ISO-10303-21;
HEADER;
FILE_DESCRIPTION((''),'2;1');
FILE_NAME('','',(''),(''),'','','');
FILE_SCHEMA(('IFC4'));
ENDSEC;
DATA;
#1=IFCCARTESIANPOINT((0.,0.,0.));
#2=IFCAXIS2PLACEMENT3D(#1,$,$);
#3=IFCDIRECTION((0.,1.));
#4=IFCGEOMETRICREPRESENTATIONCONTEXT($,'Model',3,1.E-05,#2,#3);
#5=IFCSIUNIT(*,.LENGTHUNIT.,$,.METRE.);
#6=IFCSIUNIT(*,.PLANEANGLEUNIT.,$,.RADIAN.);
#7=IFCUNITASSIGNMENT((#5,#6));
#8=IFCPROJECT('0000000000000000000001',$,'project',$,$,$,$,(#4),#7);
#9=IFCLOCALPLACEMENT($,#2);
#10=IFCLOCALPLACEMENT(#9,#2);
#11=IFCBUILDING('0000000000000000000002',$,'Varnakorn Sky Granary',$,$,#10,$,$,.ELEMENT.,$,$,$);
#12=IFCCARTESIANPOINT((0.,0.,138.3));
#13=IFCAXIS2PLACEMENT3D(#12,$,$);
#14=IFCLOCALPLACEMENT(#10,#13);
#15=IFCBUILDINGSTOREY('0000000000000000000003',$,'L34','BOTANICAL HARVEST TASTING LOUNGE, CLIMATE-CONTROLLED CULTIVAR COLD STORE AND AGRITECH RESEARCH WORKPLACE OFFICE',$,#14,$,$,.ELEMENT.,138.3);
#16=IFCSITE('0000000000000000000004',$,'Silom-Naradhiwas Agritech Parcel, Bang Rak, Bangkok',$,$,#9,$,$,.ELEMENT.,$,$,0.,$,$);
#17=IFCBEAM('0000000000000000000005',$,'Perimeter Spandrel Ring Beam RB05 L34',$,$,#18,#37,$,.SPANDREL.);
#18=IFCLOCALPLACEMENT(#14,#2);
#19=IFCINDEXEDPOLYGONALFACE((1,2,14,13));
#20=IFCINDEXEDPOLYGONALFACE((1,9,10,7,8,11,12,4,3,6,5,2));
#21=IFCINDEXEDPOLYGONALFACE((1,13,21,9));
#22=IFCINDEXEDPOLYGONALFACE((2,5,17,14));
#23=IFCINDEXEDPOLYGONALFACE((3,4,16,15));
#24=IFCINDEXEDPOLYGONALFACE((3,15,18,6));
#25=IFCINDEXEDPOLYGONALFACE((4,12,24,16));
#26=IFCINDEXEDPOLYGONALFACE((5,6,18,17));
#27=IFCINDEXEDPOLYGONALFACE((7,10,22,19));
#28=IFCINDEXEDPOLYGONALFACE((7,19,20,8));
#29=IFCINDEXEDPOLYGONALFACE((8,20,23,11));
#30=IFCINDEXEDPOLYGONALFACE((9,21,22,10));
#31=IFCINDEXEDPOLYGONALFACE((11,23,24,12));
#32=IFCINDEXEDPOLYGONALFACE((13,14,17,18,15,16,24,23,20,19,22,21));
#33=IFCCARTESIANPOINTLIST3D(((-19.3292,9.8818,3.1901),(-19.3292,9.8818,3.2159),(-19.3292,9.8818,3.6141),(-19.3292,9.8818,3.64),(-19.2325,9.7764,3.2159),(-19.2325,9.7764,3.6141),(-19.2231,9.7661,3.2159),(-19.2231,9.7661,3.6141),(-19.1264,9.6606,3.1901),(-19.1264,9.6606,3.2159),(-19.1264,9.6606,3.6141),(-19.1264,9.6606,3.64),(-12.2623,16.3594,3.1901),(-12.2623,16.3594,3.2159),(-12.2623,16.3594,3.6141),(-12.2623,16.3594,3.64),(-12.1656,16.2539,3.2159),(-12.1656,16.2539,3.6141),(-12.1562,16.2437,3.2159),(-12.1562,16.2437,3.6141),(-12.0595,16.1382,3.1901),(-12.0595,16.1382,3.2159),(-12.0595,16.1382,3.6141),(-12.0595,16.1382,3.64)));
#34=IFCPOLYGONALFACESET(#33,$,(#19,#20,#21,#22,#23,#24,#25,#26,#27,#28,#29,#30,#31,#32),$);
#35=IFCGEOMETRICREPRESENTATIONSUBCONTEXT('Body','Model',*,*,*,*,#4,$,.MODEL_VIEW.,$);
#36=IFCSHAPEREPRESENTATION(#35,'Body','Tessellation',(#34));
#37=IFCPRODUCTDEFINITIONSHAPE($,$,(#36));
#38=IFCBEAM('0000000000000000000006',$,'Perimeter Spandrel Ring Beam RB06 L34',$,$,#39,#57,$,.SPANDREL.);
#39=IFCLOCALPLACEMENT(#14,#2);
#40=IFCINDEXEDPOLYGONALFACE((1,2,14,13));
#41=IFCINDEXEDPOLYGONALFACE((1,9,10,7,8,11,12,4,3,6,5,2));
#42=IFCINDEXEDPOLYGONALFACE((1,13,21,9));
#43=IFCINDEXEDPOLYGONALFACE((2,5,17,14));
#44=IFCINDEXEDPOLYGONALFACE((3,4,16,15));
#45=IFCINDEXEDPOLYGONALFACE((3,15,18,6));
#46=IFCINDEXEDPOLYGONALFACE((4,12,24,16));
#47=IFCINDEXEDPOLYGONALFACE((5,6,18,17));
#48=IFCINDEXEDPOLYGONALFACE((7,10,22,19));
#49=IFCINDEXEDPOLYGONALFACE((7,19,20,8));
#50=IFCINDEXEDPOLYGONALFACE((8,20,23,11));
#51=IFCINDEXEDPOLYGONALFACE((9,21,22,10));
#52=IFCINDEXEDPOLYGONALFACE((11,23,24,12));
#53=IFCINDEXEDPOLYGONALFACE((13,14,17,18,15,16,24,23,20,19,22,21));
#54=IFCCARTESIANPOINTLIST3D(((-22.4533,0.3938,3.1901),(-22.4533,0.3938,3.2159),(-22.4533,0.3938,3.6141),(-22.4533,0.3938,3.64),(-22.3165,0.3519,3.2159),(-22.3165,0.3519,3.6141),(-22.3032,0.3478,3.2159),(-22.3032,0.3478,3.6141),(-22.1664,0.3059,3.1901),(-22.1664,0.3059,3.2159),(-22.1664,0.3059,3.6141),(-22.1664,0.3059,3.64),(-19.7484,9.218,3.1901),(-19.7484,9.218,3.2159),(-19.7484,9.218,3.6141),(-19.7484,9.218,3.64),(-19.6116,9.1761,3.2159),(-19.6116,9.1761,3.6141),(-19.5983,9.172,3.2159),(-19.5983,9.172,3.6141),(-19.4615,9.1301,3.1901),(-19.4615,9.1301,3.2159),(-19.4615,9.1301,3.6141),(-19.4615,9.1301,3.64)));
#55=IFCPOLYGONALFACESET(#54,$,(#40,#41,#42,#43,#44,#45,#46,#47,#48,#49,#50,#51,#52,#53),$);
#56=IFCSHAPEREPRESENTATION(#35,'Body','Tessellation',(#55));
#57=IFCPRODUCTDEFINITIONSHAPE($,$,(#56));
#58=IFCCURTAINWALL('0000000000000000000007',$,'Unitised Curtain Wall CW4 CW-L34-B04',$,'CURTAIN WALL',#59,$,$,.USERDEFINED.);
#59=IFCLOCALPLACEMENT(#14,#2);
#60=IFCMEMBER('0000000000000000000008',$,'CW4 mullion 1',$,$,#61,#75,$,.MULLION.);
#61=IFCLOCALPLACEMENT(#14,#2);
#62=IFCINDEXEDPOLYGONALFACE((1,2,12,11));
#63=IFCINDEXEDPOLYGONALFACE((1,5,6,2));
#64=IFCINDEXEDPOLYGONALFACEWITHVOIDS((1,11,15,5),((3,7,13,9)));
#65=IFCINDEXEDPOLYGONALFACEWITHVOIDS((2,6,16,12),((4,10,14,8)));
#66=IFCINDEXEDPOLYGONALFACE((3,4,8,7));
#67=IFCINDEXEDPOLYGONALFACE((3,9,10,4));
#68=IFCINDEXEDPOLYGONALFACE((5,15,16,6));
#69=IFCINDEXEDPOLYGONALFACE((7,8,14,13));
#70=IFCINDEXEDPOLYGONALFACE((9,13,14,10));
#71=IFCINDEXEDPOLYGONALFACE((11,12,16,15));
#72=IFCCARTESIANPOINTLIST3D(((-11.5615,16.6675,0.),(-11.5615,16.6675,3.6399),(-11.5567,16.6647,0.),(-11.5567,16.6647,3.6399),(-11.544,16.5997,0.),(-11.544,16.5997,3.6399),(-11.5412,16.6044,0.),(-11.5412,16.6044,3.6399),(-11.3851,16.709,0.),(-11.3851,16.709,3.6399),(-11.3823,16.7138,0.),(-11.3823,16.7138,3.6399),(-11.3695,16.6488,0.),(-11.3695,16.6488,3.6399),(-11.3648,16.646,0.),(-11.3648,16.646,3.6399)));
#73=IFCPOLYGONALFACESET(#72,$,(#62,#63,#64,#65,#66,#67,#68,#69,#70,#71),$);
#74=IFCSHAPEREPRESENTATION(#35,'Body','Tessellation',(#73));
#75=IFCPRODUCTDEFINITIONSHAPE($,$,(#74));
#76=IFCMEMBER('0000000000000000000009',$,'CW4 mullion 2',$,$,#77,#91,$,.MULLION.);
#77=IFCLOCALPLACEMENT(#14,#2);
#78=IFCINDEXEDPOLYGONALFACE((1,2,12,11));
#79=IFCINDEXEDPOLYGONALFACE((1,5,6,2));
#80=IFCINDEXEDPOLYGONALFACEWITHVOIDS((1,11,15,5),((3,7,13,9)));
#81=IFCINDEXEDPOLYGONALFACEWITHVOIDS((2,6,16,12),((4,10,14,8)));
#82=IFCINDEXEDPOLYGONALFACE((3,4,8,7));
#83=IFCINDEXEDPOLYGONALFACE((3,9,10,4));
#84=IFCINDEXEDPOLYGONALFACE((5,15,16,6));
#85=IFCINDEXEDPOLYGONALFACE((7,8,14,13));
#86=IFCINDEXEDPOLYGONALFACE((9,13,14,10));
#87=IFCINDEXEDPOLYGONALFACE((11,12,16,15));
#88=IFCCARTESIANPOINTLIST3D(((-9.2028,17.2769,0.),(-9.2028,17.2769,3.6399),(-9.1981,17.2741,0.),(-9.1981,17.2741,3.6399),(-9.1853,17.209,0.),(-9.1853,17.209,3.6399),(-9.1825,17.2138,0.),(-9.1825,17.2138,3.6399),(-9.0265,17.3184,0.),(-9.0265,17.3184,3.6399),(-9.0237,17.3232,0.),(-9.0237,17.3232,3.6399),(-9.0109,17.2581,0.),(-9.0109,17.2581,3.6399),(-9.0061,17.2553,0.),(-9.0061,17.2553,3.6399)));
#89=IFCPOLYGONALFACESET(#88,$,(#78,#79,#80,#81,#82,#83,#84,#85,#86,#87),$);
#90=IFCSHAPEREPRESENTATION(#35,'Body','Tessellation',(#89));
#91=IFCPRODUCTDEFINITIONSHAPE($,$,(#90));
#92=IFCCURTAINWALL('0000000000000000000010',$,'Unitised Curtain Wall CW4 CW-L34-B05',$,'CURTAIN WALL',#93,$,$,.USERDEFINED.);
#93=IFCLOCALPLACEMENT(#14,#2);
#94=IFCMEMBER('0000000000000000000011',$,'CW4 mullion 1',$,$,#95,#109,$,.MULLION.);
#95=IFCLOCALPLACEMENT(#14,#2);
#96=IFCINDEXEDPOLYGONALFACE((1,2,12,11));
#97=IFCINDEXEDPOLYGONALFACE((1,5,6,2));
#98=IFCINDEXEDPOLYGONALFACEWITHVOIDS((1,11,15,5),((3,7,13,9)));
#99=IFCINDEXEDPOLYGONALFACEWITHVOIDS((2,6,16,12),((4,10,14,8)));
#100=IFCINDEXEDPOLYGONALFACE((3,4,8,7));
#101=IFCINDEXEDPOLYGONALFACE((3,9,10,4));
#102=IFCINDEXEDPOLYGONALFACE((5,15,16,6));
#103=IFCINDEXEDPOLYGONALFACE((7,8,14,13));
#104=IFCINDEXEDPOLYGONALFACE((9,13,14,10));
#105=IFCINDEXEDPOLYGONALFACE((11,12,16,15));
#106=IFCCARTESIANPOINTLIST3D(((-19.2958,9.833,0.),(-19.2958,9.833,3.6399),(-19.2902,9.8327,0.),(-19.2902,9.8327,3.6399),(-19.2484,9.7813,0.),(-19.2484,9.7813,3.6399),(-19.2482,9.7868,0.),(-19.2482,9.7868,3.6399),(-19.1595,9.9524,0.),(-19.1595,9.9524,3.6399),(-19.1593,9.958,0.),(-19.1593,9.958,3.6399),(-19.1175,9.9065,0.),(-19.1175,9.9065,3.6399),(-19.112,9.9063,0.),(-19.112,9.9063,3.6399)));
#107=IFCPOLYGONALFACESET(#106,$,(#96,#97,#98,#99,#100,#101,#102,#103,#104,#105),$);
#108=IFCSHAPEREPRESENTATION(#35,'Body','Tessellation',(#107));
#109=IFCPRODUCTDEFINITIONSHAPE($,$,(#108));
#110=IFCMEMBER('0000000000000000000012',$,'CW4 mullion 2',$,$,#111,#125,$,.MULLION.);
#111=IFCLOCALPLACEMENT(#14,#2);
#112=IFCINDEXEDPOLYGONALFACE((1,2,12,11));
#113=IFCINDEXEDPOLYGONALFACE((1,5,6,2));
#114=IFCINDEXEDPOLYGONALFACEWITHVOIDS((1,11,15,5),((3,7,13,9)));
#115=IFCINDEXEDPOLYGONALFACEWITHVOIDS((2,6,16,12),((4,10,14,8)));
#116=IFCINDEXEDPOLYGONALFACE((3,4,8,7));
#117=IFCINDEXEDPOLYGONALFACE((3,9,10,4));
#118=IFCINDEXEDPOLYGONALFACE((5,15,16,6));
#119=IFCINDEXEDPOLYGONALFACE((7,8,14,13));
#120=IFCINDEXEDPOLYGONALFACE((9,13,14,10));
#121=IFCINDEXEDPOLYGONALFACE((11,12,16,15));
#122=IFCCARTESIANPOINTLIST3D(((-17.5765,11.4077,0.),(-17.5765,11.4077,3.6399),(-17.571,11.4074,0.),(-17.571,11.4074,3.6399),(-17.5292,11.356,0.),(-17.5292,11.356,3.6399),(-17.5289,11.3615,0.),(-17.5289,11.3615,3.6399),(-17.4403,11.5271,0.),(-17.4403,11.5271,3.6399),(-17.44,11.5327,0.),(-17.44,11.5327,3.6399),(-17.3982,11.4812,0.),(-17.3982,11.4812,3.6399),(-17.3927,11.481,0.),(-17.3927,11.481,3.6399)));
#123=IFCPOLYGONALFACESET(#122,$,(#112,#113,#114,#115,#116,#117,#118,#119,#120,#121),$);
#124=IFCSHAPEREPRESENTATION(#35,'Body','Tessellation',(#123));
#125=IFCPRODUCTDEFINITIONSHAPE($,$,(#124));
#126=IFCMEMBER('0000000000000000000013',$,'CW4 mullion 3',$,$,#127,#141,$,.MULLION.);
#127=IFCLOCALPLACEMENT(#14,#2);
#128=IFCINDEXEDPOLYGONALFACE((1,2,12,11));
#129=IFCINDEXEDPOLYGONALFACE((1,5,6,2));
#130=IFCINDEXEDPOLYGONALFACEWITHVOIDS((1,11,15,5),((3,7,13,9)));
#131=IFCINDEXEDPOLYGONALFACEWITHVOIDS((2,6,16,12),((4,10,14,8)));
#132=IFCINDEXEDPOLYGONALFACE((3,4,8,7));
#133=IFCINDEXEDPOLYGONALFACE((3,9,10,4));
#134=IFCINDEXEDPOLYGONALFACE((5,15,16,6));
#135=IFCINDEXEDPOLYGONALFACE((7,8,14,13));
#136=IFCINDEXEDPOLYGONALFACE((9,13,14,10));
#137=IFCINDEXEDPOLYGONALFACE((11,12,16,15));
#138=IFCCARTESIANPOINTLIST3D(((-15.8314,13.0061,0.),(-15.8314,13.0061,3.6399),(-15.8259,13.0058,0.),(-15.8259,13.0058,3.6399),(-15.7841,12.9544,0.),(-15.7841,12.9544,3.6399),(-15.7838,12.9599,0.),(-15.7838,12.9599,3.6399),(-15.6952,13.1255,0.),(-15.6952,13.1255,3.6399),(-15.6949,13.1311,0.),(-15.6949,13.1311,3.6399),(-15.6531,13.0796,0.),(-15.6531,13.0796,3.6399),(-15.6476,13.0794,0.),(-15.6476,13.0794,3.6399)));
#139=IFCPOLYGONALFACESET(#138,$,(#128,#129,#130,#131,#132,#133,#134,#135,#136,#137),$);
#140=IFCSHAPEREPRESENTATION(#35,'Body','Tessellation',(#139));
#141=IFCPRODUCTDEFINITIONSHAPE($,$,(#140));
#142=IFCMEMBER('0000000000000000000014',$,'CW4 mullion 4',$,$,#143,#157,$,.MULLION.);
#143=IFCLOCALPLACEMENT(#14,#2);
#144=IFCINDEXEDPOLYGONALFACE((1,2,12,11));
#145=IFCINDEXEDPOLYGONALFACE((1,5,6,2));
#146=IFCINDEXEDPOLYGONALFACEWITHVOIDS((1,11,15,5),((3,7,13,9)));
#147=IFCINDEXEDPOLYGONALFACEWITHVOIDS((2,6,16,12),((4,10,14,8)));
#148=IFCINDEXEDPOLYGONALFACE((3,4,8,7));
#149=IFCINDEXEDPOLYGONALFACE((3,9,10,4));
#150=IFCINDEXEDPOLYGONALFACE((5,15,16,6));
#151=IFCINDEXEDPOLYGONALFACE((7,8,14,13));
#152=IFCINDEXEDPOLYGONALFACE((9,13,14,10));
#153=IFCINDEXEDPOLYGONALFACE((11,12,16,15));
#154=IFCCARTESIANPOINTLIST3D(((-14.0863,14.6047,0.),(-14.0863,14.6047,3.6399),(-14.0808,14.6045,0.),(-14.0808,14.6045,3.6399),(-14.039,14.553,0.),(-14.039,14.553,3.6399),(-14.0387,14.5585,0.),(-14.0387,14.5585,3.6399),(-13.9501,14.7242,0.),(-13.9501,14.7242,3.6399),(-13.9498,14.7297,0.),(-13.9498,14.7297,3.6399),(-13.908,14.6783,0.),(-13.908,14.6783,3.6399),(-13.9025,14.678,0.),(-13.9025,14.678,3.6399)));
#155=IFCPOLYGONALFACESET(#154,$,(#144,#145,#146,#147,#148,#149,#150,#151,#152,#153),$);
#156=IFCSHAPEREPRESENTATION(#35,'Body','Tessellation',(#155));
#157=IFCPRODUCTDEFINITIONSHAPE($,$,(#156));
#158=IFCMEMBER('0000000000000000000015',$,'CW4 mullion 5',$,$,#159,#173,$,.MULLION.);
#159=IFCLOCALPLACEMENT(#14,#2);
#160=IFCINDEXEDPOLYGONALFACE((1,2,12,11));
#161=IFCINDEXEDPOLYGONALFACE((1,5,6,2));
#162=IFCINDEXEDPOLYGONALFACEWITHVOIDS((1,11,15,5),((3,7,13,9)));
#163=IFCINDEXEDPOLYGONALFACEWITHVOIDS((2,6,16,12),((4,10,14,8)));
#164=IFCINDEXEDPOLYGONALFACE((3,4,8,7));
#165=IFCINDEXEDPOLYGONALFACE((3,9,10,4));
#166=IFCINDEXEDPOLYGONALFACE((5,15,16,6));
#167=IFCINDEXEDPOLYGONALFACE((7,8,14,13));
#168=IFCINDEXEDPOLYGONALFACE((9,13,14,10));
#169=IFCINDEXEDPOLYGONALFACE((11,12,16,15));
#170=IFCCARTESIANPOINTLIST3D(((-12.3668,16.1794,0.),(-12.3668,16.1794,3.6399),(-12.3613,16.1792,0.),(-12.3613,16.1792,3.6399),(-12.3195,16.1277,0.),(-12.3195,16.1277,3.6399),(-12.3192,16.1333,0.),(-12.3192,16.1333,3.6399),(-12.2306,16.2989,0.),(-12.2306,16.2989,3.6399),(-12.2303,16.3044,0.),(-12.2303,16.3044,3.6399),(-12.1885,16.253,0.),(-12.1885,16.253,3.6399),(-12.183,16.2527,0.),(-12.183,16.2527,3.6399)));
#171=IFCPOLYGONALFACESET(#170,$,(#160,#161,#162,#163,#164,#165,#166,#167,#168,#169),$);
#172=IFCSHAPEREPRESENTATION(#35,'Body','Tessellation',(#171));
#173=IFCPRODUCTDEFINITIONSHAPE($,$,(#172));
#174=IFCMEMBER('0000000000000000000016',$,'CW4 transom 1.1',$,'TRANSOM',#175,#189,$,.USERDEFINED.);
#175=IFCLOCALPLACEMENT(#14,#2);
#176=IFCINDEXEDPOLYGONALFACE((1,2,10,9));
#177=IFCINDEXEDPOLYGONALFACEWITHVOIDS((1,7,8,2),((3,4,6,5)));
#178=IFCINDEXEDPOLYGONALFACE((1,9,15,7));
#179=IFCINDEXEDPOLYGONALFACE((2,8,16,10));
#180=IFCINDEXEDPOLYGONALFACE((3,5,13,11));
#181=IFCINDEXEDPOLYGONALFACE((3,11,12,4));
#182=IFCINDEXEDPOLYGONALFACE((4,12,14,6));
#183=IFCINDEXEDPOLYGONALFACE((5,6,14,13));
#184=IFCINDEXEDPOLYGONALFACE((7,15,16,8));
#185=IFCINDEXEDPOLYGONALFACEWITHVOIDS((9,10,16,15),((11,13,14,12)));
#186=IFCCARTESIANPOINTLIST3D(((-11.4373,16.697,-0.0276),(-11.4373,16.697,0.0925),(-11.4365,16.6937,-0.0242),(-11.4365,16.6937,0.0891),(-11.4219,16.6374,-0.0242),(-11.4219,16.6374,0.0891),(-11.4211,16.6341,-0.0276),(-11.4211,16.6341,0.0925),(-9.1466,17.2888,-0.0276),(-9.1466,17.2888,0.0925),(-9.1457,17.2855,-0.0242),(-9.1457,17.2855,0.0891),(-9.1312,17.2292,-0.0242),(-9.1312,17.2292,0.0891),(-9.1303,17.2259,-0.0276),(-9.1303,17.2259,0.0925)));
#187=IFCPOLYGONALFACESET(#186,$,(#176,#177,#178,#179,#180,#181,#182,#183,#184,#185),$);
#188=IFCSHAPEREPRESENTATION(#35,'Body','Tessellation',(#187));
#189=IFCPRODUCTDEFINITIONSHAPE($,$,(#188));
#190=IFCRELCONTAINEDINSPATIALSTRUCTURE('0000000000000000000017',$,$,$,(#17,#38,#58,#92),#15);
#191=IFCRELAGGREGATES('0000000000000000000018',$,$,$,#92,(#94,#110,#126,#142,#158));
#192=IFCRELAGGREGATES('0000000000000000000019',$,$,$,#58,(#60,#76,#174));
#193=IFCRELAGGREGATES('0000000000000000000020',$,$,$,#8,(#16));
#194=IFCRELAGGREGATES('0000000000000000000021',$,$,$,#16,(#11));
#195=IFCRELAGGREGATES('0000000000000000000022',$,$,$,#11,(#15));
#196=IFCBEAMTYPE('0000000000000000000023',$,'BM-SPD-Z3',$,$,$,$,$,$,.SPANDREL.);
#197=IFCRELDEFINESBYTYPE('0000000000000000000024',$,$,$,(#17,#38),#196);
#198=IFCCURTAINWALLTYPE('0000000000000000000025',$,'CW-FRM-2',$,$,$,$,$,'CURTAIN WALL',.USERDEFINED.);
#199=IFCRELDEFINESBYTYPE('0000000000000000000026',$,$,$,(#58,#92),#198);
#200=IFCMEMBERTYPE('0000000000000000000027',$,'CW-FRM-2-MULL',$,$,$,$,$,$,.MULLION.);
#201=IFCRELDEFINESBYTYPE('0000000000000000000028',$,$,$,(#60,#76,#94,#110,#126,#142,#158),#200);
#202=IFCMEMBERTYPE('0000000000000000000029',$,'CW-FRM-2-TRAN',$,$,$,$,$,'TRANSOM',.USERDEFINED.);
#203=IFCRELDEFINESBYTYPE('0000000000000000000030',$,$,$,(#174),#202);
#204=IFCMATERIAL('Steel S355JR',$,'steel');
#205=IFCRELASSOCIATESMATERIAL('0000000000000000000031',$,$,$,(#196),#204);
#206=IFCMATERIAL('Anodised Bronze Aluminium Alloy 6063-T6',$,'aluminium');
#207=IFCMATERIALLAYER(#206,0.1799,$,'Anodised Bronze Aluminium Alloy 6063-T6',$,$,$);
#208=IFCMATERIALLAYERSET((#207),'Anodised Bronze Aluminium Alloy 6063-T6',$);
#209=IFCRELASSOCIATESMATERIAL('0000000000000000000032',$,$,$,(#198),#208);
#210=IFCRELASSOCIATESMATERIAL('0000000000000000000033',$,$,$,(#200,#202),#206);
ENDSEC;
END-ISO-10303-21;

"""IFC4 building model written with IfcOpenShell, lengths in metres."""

from ifc_helpers import new_model, si_unit, direction, frame, origin, origin_2d, place, context, subcontext, project, spatial, hollow_rectangle, i_section, extrude, material, layer, layer_set, material_profile, profile_set, type_object, element, aggregate, save


model = new_model("IFC4")

# Units and contexts
model_context = context("Model", 3, precision=1e-05, world=origin(), true_north=direction((0.0, 1.0)))
body_context = subcontext(model_context, "Body", "Model", "MODEL_VIEW")
ifc_project = project(units=[si_unit("LENGTHUNIT", "METRE"), si_unit("PLANEANGLEUNIT", "RADIAN")], contexts=[model_context])

# Site, building, storey
site_placement = place(None, origin())
site = spatial("IfcSite", under=ifc_project, at=site_placement, Name="Silom-Naradhiwas Agritech Parcel, Bang Rak, Bangkok", CompositionType="ELEMENT", RefElevation=0.0)
building_placement = place(site_placement, origin())
building = spatial("IfcBuilding", under=site, at=building_placement, Name="Varnakorn Sky Granary", CompositionType="ELEMENT")
storey_placement = place(building_placement, frame((0.0, 0.0, 138.3)))
storey = spatial("IfcBuildingStorey", under=building, at=storey_placement, Name="L34", Description="BOTANICAL HARVEST TASTING LOUNGE, CLIMATE-CONTROLLED CULTIVAR COLD STORE AND AGRITECH RESEARCH WORKPLACE OFFICE", CompositionType="ELEMENT", Elevation=138.3)

# Beams
ifc_material_1 = material(Name="Steel S355JR", Category="steel")
ifc_material_profile_1 = material_profile(ifc_material_1, i_section(OverallWidth=0.3, OverallDepth=0.45, WebThickness=0.0139, FlangeThickness=0.0259, at=origin_2d()), Name="HE 450 B")
ifc_profile_set_1 = profile_set([ifc_material_profile_1], Name="Steel S355JR")
beam_type_1 = type_object("IfcBeamType", Name="BM-SPD-Z3", PredefinedType="SPANDREL", material=ifc_profile_set_1)
beam_1_placement = place(storey_placement, frame((-12.1609, 16.2488, 3.415), z_axis=(-0.737177, -0.675699, 0.0), x_axis=(0.675699, -0.737177, 0.0)))
element("IfcBeam", 1, at=beam_1_placement, inside=storey, type_object=beam_type_1, Name="Perimeter Spandrel Ring Beam RB05 L34", PredefinedType="SPANDREL", context=body_context, shape_type="SweptSolid", body=[
    extrude(i_section(OverallWidth=0.3, OverallDepth=0.45, WebThickness=0.0139, FlangeThickness=0.0259, at=origin_2d()), origin(), (0.0, 0.0, 1.0), 9.5864),
])
beam_2_placement = place(storey_placement, frame((-19.605, 9.1741, 3.415), z_axis=(-0.293065, -0.956092, 0.0), x_axis=(0.956092, -0.293065, 0.0)))
element("IfcBeam", 2, at=beam_2_placement, inside=storey, type_object=beam_type_1, Name="Perimeter Spandrel Ring Beam RB06 L34", PredefinedType="SPANDREL", context=body_context, shape_type="SweptSolid", body=[
    extrude(i_section(OverallWidth=0.3, OverallDepth=0.45, WebThickness=0.0139, FlangeThickness=0.0259, at=origin_2d()), origin(), (0.0, 0.0, 1.0), 9.2295),
])

# Curtain walls, members
ifc_material_2 = material(Name="Anodised Bronze Aluminium Alloy 6063-T6", Category="aluminium")
ifc_layer_1 = layer(ifc_material_2, 0.1799, Name="Anodised Bronze Aluminium Alloy 6063-T6")
ifc_layer_set_1 = layer_set([ifc_layer_1], Name="Anodised Bronze Aluminium Alloy 6063-T6")
curtain_wall_type = type_object("IfcCurtainWallType", Name="CW-FRM-2", ElementType="CURTAIN WALL", PredefinedType="USERDEFINED", material=ifc_layer_set_1)
curtain_wall_1_placement = place(storey_placement, origin())
curtain_wall_1 = element("IfcCurtainWall", 3, at=curtain_wall_1_placement, inside=storey, type_object=curtain_wall_type, Name="Unitised Curtain Wall CW4 CW-L34-B04", ObjectType="CURTAIN WALL", PredefinedType="USERDEFINED")
ifc_material_profile_2 = material_profile(ifc_material_2, hollow_rectangle(XDim=0.0701, YDim=0.1851, WallThickness=0.0039, at=origin_2d()), Name="ALU MULL 70x185")
ifc_profile_set_2 = profile_set([ifc_material_profile_2], Name="Anodised Bronze Aluminium Alloy 6063-T6")
member_type_1 = type_object("IfcMemberType", Name="CW-FRM-2-MULL", PredefinedType="MULLION", material=ifc_profile_set_2)
member_1_placement = place(storey_placement, frame((-11.4631, 16.6567, 0.0), z_axis=(0.0, 0.0, 1.0), x_axis=(-0.250174, 0.968201, 0.0)))
member_1 = element("IfcMember", 4, at=member_1_placement, type_object=member_type_1, Name="CW4 mullion 1", PredefinedType="MULLION", context=body_context, shape_type="SweptSolid", body=[
    extrude(hollow_rectangle(XDim=0.0701, YDim=0.1851, WallThickness=0.0039, at=origin_2d()), origin(), (0.0, 0.0, 1.0), 3.6399),
])
member_2_placement = place(storey_placement, frame((-9.1045, 17.2661, 0.0), z_axis=(0.0, 0.0, 1.0), x_axis=(-0.250174, 0.968201, 0.0)))
member_2 = element("IfcMember", 5, at=member_2_placement, type_object=member_type_1, Name="CW4 mullion 2", PredefinedType="MULLION", context=body_context, shape_type="SweptSolid", body=[
    extrude(hollow_rectangle(XDim=0.0701, YDim=0.1851, WallThickness=0.0039, at=origin_2d()), origin(), (0.0, 0.0, 1.0), 3.6399),
])
curtain_wall_2_placement = place(storey_placement, origin())
curtain_wall_2 = element("IfcCurtainWall", 6, at=curtain_wall_2_placement, inside=storey, type_object=curtain_wall_type, Name="Unitised Curtain Wall CW4 CW-L34-B05", ObjectType="CURTAIN WALL", PredefinedType="USERDEFINED")
member_3_placement = place(storey_placement, frame((-19.2039, 9.8696, 0.0), z_axis=(0.0, 0.0, 1.0), x_axis=(-0.675438, 0.737417, 0.0)))
member_3 = element("IfcMember", 7, at=member_3_placement, type_object=member_type_1, Name="CW4 mullion 1", PredefinedType="MULLION", context=body_context, shape_type="SweptSolid", body=[
    extrude(hollow_rectangle(XDim=0.0701, YDim=0.1851, WallThickness=0.0039, at=origin_2d()), origin(), (0.0, 0.0, 1.0), 3.6399),
])
member_4_placement = place(storey_placement, frame((-17.4846, 11.4443, 0.0), z_axis=(0.0, 0.0, 1.0), x_axis=(-0.675438, 0.737417, 0.0)))
member_4 = element("IfcMember", 8, at=member_4_placement, type_object=member_type_1, Name="CW4 mullion 2", PredefinedType="MULLION", context=body_context, shape_type="SweptSolid", body=[
    extrude(hollow_rectangle(XDim=0.0701, YDim=0.1851, WallThickness=0.0039, at=origin_2d()), origin(), (0.0, 0.0, 1.0), 3.6399),
])
member_5_placement = place(storey_placement, frame((-15.7395, 13.0427, 0.0), z_axis=(0.0, 0.0, 1.0), x_axis=(-0.675438, 0.737417, 0.0)))
member_5 = element("IfcMember", 9, at=member_5_placement, type_object=member_type_1, Name="CW4 mullion 3", PredefinedType="MULLION", context=body_context, shape_type="SweptSolid", body=[
    extrude(hollow_rectangle(XDim=0.0701, YDim=0.1851, WallThickness=0.0039, at=origin_2d()), origin(), (0.0, 0.0, 1.0), 3.6399),
])
member_6_placement = place(storey_placement, frame((-13.9944, 14.6414, 0.0), z_axis=(0.0, 0.0, 1.0), x_axis=(-0.675438, 0.737417, 0.0)))
member_6 = element("IfcMember", 10, at=member_6_placement, type_object=member_type_1, Name="CW4 mullion 4", PredefinedType="MULLION", context=body_context, shape_type="SweptSolid", body=[
    extrude(hollow_rectangle(XDim=0.0701, YDim=0.1851, WallThickness=0.0039, at=origin_2d()), origin(), (0.0, 0.0, 1.0), 3.6399),
])
member_7_placement = place(storey_placement, frame((-12.2749, 16.2161, 0.0), z_axis=(0.0, 0.0, 1.0), x_axis=(-0.675438, 0.737417, 0.0)))
member_7 = element("IfcMember", 11, at=member_7_placement, type_object=member_type_1, Name="CW4 mullion 5", PredefinedType="MULLION", context=body_context, shape_type="SweptSolid", body=[
    extrude(hollow_rectangle(XDim=0.0701, YDim=0.1851, WallThickness=0.0039, at=origin_2d()), origin(), (0.0, 0.0, 1.0), 3.6399),
])

# Member
ifc_material_profile_3 = material_profile(ifc_material_2, hollow_rectangle(XDim=0.0649, YDim=0.1201, WallThickness=0.0034, at=origin_2d()), Name="ALU TRAN 65x120")
ifc_profile_set_3 = profile_set([ifc_material_profile_3], Name="Anodised Bronze Aluminium Alloy 6063-T6")
member_type_2 = type_object("IfcMemberType", Name="CW-FRM-2-TRAN", ElementType="TRANSOM", PredefinedType="USERDEFINED", material=ifc_profile_set_3)
member_8_placement = place(storey_placement, frame((-11.4292, 16.6655, 0.0325), z_axis=(0.968213, 0.250128, 0.0), x_axis=(-0.250128, 0.968213, 0.0)))
member_8 = element("IfcMember", 12, at=member_8_placement, type_object=member_type_2, Name="CW4 transom 1.1", ObjectType="TRANSOM", PredefinedType="USERDEFINED", context=body_context, shape_type="SweptSolid", body=[
    extrude(hollow_rectangle(XDim=0.0649, YDim=0.1201, WallThickness=0.0034, at=origin_2d()), origin(), (0.0, 0.0, 1.0), 2.366),
])

aggregate(curtain_wall_2, [member_3, member_4, member_5, member_6, member_7])
aggregate(curtain_wall_1, [member_1, member_2, member_8])

save(model, "model.ifc")
